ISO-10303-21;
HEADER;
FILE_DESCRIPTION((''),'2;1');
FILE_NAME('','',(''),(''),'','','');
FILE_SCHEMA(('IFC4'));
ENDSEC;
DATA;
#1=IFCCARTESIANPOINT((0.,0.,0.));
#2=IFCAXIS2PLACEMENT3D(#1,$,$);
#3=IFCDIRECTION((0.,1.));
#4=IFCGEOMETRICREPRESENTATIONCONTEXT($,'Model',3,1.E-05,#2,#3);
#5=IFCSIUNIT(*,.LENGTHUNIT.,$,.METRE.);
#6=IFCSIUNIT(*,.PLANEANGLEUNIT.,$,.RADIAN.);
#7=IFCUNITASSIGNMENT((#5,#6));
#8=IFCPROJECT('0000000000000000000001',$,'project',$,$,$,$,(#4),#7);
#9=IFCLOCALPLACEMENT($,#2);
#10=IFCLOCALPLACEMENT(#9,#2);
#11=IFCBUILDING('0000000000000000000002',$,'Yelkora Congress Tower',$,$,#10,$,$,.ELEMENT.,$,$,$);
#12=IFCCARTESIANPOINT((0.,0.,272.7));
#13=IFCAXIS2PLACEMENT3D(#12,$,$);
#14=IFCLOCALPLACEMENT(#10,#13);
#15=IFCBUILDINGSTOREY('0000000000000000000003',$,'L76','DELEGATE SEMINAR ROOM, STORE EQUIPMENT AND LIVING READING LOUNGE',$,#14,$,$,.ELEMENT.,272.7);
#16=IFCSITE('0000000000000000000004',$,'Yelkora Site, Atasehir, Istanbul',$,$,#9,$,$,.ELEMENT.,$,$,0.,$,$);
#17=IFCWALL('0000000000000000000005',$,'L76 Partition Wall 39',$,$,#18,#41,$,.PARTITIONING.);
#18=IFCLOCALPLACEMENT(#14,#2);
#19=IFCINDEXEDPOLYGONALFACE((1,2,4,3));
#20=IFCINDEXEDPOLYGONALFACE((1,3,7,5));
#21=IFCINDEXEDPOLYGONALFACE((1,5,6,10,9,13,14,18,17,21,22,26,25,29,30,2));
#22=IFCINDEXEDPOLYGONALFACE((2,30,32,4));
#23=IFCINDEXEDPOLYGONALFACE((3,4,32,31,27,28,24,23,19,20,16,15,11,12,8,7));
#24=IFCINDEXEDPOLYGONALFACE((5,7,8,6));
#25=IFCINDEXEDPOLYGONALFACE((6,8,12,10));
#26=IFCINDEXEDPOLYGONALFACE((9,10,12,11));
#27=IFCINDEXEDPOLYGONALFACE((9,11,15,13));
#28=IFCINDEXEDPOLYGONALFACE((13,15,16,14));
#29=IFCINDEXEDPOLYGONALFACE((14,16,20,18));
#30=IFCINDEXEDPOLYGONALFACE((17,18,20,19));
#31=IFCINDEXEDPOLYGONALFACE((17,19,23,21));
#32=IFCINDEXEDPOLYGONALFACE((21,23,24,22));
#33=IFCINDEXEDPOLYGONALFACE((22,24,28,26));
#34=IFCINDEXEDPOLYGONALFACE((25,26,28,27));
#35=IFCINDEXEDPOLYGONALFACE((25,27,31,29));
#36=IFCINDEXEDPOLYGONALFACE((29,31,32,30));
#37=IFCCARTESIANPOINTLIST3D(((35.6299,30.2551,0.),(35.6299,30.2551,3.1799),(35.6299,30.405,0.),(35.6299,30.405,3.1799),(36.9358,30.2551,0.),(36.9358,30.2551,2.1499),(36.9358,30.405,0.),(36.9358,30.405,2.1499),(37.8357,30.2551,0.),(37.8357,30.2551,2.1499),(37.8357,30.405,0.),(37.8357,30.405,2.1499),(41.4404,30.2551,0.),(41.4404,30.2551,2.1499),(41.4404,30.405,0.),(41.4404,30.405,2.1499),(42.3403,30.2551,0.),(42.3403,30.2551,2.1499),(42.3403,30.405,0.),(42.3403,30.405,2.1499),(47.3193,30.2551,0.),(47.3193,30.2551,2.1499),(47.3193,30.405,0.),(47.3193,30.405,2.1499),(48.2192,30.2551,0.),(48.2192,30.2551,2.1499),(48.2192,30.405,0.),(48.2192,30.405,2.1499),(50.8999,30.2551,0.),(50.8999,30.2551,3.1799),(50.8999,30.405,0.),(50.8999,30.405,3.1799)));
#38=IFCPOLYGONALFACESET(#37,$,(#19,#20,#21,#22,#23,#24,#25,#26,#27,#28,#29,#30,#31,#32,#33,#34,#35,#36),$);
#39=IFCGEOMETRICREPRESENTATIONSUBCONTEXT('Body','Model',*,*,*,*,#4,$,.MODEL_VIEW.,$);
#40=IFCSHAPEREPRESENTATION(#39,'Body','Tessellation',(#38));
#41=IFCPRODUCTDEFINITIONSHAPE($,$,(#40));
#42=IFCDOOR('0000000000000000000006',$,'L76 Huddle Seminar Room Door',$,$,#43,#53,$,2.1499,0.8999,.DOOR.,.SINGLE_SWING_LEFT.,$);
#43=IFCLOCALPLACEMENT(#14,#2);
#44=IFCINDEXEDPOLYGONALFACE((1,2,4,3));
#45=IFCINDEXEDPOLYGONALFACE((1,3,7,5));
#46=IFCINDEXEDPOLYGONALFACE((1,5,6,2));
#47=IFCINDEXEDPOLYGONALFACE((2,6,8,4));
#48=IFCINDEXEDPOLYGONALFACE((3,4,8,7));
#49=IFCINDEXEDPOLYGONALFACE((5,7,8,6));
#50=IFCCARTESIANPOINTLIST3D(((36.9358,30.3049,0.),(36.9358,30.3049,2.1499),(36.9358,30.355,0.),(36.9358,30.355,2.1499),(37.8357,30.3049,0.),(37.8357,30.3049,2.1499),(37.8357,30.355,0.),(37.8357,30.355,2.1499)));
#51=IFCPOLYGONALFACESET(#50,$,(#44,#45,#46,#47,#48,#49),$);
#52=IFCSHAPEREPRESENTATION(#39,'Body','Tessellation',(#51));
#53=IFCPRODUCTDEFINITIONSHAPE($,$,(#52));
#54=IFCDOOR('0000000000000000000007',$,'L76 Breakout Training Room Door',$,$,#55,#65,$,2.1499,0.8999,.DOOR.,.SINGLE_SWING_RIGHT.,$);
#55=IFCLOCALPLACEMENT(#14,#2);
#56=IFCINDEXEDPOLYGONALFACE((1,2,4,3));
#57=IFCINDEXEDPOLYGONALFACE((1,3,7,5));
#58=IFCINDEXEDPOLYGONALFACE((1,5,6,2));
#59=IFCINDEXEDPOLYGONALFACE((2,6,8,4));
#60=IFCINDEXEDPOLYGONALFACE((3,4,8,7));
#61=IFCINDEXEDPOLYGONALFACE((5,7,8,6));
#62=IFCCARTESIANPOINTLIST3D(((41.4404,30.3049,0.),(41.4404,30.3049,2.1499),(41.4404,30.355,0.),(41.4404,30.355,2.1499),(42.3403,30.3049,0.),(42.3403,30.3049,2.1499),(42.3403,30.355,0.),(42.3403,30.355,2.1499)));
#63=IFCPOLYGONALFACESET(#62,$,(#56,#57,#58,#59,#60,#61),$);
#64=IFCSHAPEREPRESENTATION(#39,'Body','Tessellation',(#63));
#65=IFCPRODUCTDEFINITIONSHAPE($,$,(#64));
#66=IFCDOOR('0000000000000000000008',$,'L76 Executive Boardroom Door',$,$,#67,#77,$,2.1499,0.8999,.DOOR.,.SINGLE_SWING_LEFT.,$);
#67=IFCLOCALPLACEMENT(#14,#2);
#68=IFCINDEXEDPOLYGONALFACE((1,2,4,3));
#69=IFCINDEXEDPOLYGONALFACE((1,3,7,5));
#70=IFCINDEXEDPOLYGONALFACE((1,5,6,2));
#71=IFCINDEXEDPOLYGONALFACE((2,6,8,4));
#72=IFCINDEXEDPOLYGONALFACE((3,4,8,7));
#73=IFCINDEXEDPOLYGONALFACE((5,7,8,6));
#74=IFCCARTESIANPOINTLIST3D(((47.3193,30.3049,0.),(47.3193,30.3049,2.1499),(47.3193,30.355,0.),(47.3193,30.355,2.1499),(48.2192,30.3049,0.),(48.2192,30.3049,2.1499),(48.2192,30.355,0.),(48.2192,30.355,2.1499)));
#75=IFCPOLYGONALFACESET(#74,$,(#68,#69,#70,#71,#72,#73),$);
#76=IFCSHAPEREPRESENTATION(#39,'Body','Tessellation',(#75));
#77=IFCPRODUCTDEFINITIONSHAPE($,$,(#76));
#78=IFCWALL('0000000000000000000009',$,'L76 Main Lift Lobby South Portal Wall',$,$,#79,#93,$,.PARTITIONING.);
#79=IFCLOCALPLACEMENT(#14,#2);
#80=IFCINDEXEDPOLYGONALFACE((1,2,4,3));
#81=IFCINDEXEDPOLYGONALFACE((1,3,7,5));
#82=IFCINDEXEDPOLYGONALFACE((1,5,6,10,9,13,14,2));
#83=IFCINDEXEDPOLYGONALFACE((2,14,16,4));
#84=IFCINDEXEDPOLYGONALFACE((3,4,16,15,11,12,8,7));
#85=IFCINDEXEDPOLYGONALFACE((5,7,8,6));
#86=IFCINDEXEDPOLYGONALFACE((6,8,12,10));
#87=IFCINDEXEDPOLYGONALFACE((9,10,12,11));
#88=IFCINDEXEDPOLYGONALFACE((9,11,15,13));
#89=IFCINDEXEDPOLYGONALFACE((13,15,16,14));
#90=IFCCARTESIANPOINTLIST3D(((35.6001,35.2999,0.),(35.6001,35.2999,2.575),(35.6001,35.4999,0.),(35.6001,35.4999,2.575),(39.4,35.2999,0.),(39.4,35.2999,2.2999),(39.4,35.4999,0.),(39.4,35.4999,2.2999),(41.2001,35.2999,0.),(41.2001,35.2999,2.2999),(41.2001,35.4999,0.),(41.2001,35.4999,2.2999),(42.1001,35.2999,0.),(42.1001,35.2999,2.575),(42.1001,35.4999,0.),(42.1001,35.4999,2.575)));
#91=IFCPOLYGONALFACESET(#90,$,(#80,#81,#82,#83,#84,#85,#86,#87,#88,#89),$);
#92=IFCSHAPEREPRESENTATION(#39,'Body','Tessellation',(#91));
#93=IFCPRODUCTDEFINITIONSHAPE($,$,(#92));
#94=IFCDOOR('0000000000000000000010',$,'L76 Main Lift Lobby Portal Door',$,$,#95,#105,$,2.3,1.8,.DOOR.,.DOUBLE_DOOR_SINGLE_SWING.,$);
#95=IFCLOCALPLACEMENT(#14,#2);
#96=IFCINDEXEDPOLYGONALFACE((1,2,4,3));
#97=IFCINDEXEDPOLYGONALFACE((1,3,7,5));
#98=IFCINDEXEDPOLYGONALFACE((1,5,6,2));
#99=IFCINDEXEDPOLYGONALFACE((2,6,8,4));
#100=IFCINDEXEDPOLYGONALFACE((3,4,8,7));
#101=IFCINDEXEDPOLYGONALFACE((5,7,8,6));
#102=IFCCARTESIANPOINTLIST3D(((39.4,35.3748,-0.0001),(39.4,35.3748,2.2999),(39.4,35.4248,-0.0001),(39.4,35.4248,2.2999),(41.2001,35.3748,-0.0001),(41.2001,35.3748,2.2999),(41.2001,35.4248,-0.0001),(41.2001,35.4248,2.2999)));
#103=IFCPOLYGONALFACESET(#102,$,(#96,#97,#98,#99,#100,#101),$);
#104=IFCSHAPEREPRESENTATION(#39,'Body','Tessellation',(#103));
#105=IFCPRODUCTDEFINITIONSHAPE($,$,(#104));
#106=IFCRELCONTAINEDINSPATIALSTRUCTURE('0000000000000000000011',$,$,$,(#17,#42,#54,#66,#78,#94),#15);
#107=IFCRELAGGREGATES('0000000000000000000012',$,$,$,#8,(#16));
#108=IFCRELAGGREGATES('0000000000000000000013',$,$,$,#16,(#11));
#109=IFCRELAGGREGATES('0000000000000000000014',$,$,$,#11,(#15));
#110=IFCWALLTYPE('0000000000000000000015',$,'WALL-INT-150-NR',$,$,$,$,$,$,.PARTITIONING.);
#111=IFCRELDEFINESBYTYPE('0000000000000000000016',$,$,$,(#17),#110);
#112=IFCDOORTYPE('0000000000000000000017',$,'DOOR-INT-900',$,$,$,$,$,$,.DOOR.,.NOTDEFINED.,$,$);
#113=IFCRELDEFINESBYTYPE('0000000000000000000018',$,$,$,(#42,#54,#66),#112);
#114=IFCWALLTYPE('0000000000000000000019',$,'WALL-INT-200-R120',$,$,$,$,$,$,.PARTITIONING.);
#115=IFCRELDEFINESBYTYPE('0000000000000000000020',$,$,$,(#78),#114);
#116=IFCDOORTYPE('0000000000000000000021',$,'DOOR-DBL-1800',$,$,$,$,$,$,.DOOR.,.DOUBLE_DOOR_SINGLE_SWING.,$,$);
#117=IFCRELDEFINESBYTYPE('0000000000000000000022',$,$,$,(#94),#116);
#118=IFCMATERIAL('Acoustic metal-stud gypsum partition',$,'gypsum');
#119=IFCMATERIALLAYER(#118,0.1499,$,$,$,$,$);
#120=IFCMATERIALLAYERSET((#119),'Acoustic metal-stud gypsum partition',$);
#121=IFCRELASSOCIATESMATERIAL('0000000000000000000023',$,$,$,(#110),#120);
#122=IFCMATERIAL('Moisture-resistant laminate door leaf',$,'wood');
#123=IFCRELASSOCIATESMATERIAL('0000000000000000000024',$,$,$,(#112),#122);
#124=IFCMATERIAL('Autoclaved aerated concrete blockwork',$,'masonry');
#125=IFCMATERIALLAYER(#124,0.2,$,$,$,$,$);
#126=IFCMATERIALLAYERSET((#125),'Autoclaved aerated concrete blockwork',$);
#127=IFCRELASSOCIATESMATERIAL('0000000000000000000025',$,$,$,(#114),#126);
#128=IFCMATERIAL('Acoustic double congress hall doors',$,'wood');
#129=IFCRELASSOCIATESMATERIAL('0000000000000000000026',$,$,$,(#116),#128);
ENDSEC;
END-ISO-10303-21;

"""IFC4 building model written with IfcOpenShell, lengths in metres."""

from ifc_helpers import new_model, si_unit, direction, frame, frame_2d, origin, place, context, subcontext, project, spatial, rectangle, extrude, material, layer, layer_set, type_object, element, fill, save


model = new_model("IFC4")

# Units and contexts
model_context = context("Model", 3, precision=1e-05, world=origin(), true_north=direction((0.0, 1.0)))
body_context = subcontext(model_context, "Body", "Model", "MODEL_VIEW")
ifc_project = project(units=[si_unit("LENGTHUNIT", "METRE"), si_unit("PLANEANGLEUNIT", "RADIAN")], contexts=[model_context])

# Site, building, storey
site_placement = place(None, origin())
site = spatial("IfcSite", under=ifc_project, at=site_placement, Name="Yelkora Site, Atasehir, Istanbul", CompositionType="ELEMENT", RefElevation=0.0)
building_placement = place(site_placement, origin())
building = spatial("IfcBuilding", under=site, at=building_placement, Name="Yelkora Congress Tower", CompositionType="ELEMENT")
storey_placement = place(building_placement, frame((0.0, 0.0, 272.7)))
storey = spatial("IfcBuildingStorey", under=building, at=storey_placement, Name="L76", Description="DELEGATE SEMINAR ROOM, STORE EQUIPMENT AND LIVING READING LOUNGE", CompositionType="ELEMENT", Elevation=272.7)

# Shared definitions
ifc_material_1 = material(Name="Acoustic metal-stud gypsum partition", Category="gypsum")
ifc_layer_1 = layer(ifc_material_1, 0.1499)
ifc_layer_set_1 = layer_set([ifc_layer_1], Name="Acoustic metal-stud gypsum partition")
wall_type_1 = type_object("IfcWallType", Name="WALL-INT-150-NR", PredefinedType="PARTITIONING", material=ifc_layer_set_1)

# Wall, openings, doors
wall_1_placement = place(storey_placement, frame((35.6299, 30.3301, 0.0), z_axis=(0.0, 0.0, 1.0), x_axis=(1.0, 0.0, 0.0)))
wall_1 = element("IfcWall", 1, at=wall_1_placement, inside=storey, type_object=wall_type_1, Name="L76 Partition Wall 39", PredefinedType="PARTITIONING", context=body_context, shape_type="SweptSolid", body=[
    extrude(rectangle(XDim=15.27, YDim=0.1499, at=frame_2d((7.635, 0.0))), origin(), (0.0, 0.0, 1.0), 3.1799),
])
opening_1_placement = place(wall_1_placement, frame((1.3059, 0.0, 0.0)))
opening_1 = element("IfcOpeningElement", 2, at=opening_1_placement, cuts=wall_1, PredefinedType="OPENING", context=body_context, shape_type="SweptSolid", body=[
    extrude(rectangle(XDim=0.8999, YDim=2.1499, at=frame_2d((0.45, 1.075))), frame((0.0, 0.085, 0.0), z_axis=(0.0, -1.0, 0.0), x_axis=(1.0, 0.0, 0.0)), (0.0, 0.0, 1.0), 0.1699),
])
opening_2_placement = place(wall_1_placement, frame((5.8105, 0.0, 0.0)))
opening_2 = element("IfcOpeningElement", 3, at=opening_2_placement, cuts=wall_1, PredefinedType="OPENING", context=body_context, shape_type="SweptSolid", body=[
    extrude(rectangle(XDim=0.8999, YDim=2.1499, at=frame_2d((0.45, 1.075))), frame((0.0, 0.085, 0.0), z_axis=(0.0, -1.0, 0.0), x_axis=(1.0, 0.0, 0.0)), (0.0, 0.0, 1.0), 0.1699),
])
opening_3_placement = place(wall_1_placement, frame((11.6895, 0.0, 0.0)))
opening_3 = element("IfcOpeningElement", 4, at=opening_3_placement, cuts=wall_1, PredefinedType="OPENING", context=body_context, shape_type="SweptSolid", body=[
    extrude(rectangle(XDim=0.8999, YDim=2.1499, at=frame_2d((0.45, 1.075))), frame((0.0, 0.085, 0.0), z_axis=(0.0, -1.0, 0.0), x_axis=(1.0, 0.0, 0.0)), (0.0, 0.0, 1.0), 0.1699),
])
ifc_material_2 = material(Name="Moisture-resistant laminate door leaf", Category="wood")
door_type_1 = type_object("IfcDoorType", Name="DOOR-INT-900", OperationType="NOTDEFINED", PredefinedType="DOOR", material=ifc_material_2)
door_1_placement = place(opening_1_placement, origin())
door_1 = element("IfcDoor", 5, at=door_1_placement, inside=storey, type_object=door_type_1, Name="L76 Huddle Seminar Room Door", OperationType="SINGLE_SWING_LEFT", OverallHeight=2.1499, OverallWidth=0.8999, PredefinedType="DOOR", context=body_context, shape_type="SweptSolid", body=[
    extrude(rectangle(XDim=0.8999, YDim=2.1499, at=frame_2d((0.45, 1.075))), frame((0.0, 0.0249, 0.0), z_axis=(0.0, -1.0, 0.0), x_axis=(1.0, 0.0, 0.0)), (0.0, 0.0, 1.0), 0.05),
])
fill(opening_1, door_1)
door_2_placement = place(opening_2_placement, origin())
door_2 = element("IfcDoor", 6, at=door_2_placement, inside=storey, type_object=door_type_1, Name="L76 Breakout Training Room Door", OperationType="SINGLE_SWING_RIGHT", OverallHeight=2.1499, OverallWidth=0.8999, PredefinedType="DOOR", context=body_context, shape_type="SweptSolid", body=[
    extrude(rectangle(XDim=0.8999, YDim=2.1499, at=frame_2d((0.45, 1.075))), frame((0.0, 0.0249, 0.0), z_axis=(0.0, -1.0, 0.0), x_axis=(1.0, 0.0, 0.0)), (0.0, 0.0, 1.0), 0.05),
])
fill(opening_2, door_2)
door_3_placement = place(opening_3_placement, origin())
door_3 = element("IfcDoor", 7, at=door_3_placement, inside=storey, type_object=door_type_1, Name="L76 Executive Boardroom Door", OperationType="SINGLE_SWING_LEFT", OverallHeight=2.1499, OverallWidth=0.8999, PredefinedType="DOOR", context=body_context, shape_type="SweptSolid", body=[
    extrude(rectangle(XDim=0.8999, YDim=2.1499, at=frame_2d((0.45, 1.075))), frame((0.0, 0.0249, 0.0), z_axis=(0.0, -1.0, 0.0), x_axis=(1.0, 0.0, 0.0)), (0.0, 0.0, 1.0), 0.05),
])
fill(opening_3, door_3)

# Wall, opening, door
ifc_material_3 = material(Name="Autoclaved aerated concrete blockwork", Category="masonry")
ifc_layer_2 = layer(ifc_material_3, 0.2)
ifc_layer_set_2 = layer_set([ifc_layer_2], Name="Autoclaved aerated concrete blockwork")
wall_type_2 = type_object("IfcWallType", Name="WALL-INT-200-R120", PredefinedType="PARTITIONING", material=ifc_layer_set_2)
wall_2_placement = place(storey_placement, frame((35.6001, 35.3999, 0.0), z_axis=(0.0, 0.0, 1.0), x_axis=(1.0, 0.0, 0.0)))
wall_2 = element("IfcWall", 8, at=wall_2_placement, inside=storey, type_object=wall_type_2, Name="L76 Main Lift Lobby South Portal Wall", PredefinedType="PARTITIONING", context=body_context, shape_type="SweptSolid", body=[
    extrude(rectangle(XDim=6.5, YDim=0.2, at=frame_2d((3.25, 0.0))), origin(), (0.0, 0.0, 1.0), 2.575),
])
opening_4_placement = place(wall_2_placement, frame((3.8, 0.0, 0.0)))
opening_4 = element("IfcOpeningElement", 9, at=opening_4_placement, cuts=wall_2, PredefinedType="OPENING", context=body_context, shape_type="SweptSolid", body=[
    extrude(rectangle(XDim=1.8, YDim=2.3, at=frame_2d((0.8999, 1.1499))), frame((0.0, 0.1099, 0.0), z_axis=(0.0, -1.0, 0.0), x_axis=(1.0, 0.0, 0.0)), (0.0, 0.0, 1.0), 0.22),
])
ifc_material_4 = material(Name="Acoustic double congress hall doors", Category="wood")
door_type_2 = type_object("IfcDoorType", Name="DOOR-DBL-1800", OperationType="DOUBLE_DOOR_SINGLE_SWING", PredefinedType="DOOR", material=ifc_material_4)
door_4_placement = place(opening_4_placement, origin())
door_4 = element("IfcDoor", 10, at=door_4_placement, inside=storey, type_object=door_type_2, Name="L76 Main Lift Lobby Portal Door", OperationType="DOUBLE_DOOR_SINGLE_SWING", OverallHeight=2.3, OverallWidth=1.8, PredefinedType="DOOR", context=body_context, shape_type="SweptSolid", body=[
    extrude(rectangle(XDim=1.8, YDim=2.3, at=frame_2d((0.8999, 1.1499))), frame((0.0, 0.0249, 0.0), z_axis=(0.0, -1.0, 0.0), x_axis=(1.0, 0.0, 0.0)), (0.0, 0.0, 1.0), 0.05),
])
fill(opening_4, door_4)

save(model, "model.ifc")
